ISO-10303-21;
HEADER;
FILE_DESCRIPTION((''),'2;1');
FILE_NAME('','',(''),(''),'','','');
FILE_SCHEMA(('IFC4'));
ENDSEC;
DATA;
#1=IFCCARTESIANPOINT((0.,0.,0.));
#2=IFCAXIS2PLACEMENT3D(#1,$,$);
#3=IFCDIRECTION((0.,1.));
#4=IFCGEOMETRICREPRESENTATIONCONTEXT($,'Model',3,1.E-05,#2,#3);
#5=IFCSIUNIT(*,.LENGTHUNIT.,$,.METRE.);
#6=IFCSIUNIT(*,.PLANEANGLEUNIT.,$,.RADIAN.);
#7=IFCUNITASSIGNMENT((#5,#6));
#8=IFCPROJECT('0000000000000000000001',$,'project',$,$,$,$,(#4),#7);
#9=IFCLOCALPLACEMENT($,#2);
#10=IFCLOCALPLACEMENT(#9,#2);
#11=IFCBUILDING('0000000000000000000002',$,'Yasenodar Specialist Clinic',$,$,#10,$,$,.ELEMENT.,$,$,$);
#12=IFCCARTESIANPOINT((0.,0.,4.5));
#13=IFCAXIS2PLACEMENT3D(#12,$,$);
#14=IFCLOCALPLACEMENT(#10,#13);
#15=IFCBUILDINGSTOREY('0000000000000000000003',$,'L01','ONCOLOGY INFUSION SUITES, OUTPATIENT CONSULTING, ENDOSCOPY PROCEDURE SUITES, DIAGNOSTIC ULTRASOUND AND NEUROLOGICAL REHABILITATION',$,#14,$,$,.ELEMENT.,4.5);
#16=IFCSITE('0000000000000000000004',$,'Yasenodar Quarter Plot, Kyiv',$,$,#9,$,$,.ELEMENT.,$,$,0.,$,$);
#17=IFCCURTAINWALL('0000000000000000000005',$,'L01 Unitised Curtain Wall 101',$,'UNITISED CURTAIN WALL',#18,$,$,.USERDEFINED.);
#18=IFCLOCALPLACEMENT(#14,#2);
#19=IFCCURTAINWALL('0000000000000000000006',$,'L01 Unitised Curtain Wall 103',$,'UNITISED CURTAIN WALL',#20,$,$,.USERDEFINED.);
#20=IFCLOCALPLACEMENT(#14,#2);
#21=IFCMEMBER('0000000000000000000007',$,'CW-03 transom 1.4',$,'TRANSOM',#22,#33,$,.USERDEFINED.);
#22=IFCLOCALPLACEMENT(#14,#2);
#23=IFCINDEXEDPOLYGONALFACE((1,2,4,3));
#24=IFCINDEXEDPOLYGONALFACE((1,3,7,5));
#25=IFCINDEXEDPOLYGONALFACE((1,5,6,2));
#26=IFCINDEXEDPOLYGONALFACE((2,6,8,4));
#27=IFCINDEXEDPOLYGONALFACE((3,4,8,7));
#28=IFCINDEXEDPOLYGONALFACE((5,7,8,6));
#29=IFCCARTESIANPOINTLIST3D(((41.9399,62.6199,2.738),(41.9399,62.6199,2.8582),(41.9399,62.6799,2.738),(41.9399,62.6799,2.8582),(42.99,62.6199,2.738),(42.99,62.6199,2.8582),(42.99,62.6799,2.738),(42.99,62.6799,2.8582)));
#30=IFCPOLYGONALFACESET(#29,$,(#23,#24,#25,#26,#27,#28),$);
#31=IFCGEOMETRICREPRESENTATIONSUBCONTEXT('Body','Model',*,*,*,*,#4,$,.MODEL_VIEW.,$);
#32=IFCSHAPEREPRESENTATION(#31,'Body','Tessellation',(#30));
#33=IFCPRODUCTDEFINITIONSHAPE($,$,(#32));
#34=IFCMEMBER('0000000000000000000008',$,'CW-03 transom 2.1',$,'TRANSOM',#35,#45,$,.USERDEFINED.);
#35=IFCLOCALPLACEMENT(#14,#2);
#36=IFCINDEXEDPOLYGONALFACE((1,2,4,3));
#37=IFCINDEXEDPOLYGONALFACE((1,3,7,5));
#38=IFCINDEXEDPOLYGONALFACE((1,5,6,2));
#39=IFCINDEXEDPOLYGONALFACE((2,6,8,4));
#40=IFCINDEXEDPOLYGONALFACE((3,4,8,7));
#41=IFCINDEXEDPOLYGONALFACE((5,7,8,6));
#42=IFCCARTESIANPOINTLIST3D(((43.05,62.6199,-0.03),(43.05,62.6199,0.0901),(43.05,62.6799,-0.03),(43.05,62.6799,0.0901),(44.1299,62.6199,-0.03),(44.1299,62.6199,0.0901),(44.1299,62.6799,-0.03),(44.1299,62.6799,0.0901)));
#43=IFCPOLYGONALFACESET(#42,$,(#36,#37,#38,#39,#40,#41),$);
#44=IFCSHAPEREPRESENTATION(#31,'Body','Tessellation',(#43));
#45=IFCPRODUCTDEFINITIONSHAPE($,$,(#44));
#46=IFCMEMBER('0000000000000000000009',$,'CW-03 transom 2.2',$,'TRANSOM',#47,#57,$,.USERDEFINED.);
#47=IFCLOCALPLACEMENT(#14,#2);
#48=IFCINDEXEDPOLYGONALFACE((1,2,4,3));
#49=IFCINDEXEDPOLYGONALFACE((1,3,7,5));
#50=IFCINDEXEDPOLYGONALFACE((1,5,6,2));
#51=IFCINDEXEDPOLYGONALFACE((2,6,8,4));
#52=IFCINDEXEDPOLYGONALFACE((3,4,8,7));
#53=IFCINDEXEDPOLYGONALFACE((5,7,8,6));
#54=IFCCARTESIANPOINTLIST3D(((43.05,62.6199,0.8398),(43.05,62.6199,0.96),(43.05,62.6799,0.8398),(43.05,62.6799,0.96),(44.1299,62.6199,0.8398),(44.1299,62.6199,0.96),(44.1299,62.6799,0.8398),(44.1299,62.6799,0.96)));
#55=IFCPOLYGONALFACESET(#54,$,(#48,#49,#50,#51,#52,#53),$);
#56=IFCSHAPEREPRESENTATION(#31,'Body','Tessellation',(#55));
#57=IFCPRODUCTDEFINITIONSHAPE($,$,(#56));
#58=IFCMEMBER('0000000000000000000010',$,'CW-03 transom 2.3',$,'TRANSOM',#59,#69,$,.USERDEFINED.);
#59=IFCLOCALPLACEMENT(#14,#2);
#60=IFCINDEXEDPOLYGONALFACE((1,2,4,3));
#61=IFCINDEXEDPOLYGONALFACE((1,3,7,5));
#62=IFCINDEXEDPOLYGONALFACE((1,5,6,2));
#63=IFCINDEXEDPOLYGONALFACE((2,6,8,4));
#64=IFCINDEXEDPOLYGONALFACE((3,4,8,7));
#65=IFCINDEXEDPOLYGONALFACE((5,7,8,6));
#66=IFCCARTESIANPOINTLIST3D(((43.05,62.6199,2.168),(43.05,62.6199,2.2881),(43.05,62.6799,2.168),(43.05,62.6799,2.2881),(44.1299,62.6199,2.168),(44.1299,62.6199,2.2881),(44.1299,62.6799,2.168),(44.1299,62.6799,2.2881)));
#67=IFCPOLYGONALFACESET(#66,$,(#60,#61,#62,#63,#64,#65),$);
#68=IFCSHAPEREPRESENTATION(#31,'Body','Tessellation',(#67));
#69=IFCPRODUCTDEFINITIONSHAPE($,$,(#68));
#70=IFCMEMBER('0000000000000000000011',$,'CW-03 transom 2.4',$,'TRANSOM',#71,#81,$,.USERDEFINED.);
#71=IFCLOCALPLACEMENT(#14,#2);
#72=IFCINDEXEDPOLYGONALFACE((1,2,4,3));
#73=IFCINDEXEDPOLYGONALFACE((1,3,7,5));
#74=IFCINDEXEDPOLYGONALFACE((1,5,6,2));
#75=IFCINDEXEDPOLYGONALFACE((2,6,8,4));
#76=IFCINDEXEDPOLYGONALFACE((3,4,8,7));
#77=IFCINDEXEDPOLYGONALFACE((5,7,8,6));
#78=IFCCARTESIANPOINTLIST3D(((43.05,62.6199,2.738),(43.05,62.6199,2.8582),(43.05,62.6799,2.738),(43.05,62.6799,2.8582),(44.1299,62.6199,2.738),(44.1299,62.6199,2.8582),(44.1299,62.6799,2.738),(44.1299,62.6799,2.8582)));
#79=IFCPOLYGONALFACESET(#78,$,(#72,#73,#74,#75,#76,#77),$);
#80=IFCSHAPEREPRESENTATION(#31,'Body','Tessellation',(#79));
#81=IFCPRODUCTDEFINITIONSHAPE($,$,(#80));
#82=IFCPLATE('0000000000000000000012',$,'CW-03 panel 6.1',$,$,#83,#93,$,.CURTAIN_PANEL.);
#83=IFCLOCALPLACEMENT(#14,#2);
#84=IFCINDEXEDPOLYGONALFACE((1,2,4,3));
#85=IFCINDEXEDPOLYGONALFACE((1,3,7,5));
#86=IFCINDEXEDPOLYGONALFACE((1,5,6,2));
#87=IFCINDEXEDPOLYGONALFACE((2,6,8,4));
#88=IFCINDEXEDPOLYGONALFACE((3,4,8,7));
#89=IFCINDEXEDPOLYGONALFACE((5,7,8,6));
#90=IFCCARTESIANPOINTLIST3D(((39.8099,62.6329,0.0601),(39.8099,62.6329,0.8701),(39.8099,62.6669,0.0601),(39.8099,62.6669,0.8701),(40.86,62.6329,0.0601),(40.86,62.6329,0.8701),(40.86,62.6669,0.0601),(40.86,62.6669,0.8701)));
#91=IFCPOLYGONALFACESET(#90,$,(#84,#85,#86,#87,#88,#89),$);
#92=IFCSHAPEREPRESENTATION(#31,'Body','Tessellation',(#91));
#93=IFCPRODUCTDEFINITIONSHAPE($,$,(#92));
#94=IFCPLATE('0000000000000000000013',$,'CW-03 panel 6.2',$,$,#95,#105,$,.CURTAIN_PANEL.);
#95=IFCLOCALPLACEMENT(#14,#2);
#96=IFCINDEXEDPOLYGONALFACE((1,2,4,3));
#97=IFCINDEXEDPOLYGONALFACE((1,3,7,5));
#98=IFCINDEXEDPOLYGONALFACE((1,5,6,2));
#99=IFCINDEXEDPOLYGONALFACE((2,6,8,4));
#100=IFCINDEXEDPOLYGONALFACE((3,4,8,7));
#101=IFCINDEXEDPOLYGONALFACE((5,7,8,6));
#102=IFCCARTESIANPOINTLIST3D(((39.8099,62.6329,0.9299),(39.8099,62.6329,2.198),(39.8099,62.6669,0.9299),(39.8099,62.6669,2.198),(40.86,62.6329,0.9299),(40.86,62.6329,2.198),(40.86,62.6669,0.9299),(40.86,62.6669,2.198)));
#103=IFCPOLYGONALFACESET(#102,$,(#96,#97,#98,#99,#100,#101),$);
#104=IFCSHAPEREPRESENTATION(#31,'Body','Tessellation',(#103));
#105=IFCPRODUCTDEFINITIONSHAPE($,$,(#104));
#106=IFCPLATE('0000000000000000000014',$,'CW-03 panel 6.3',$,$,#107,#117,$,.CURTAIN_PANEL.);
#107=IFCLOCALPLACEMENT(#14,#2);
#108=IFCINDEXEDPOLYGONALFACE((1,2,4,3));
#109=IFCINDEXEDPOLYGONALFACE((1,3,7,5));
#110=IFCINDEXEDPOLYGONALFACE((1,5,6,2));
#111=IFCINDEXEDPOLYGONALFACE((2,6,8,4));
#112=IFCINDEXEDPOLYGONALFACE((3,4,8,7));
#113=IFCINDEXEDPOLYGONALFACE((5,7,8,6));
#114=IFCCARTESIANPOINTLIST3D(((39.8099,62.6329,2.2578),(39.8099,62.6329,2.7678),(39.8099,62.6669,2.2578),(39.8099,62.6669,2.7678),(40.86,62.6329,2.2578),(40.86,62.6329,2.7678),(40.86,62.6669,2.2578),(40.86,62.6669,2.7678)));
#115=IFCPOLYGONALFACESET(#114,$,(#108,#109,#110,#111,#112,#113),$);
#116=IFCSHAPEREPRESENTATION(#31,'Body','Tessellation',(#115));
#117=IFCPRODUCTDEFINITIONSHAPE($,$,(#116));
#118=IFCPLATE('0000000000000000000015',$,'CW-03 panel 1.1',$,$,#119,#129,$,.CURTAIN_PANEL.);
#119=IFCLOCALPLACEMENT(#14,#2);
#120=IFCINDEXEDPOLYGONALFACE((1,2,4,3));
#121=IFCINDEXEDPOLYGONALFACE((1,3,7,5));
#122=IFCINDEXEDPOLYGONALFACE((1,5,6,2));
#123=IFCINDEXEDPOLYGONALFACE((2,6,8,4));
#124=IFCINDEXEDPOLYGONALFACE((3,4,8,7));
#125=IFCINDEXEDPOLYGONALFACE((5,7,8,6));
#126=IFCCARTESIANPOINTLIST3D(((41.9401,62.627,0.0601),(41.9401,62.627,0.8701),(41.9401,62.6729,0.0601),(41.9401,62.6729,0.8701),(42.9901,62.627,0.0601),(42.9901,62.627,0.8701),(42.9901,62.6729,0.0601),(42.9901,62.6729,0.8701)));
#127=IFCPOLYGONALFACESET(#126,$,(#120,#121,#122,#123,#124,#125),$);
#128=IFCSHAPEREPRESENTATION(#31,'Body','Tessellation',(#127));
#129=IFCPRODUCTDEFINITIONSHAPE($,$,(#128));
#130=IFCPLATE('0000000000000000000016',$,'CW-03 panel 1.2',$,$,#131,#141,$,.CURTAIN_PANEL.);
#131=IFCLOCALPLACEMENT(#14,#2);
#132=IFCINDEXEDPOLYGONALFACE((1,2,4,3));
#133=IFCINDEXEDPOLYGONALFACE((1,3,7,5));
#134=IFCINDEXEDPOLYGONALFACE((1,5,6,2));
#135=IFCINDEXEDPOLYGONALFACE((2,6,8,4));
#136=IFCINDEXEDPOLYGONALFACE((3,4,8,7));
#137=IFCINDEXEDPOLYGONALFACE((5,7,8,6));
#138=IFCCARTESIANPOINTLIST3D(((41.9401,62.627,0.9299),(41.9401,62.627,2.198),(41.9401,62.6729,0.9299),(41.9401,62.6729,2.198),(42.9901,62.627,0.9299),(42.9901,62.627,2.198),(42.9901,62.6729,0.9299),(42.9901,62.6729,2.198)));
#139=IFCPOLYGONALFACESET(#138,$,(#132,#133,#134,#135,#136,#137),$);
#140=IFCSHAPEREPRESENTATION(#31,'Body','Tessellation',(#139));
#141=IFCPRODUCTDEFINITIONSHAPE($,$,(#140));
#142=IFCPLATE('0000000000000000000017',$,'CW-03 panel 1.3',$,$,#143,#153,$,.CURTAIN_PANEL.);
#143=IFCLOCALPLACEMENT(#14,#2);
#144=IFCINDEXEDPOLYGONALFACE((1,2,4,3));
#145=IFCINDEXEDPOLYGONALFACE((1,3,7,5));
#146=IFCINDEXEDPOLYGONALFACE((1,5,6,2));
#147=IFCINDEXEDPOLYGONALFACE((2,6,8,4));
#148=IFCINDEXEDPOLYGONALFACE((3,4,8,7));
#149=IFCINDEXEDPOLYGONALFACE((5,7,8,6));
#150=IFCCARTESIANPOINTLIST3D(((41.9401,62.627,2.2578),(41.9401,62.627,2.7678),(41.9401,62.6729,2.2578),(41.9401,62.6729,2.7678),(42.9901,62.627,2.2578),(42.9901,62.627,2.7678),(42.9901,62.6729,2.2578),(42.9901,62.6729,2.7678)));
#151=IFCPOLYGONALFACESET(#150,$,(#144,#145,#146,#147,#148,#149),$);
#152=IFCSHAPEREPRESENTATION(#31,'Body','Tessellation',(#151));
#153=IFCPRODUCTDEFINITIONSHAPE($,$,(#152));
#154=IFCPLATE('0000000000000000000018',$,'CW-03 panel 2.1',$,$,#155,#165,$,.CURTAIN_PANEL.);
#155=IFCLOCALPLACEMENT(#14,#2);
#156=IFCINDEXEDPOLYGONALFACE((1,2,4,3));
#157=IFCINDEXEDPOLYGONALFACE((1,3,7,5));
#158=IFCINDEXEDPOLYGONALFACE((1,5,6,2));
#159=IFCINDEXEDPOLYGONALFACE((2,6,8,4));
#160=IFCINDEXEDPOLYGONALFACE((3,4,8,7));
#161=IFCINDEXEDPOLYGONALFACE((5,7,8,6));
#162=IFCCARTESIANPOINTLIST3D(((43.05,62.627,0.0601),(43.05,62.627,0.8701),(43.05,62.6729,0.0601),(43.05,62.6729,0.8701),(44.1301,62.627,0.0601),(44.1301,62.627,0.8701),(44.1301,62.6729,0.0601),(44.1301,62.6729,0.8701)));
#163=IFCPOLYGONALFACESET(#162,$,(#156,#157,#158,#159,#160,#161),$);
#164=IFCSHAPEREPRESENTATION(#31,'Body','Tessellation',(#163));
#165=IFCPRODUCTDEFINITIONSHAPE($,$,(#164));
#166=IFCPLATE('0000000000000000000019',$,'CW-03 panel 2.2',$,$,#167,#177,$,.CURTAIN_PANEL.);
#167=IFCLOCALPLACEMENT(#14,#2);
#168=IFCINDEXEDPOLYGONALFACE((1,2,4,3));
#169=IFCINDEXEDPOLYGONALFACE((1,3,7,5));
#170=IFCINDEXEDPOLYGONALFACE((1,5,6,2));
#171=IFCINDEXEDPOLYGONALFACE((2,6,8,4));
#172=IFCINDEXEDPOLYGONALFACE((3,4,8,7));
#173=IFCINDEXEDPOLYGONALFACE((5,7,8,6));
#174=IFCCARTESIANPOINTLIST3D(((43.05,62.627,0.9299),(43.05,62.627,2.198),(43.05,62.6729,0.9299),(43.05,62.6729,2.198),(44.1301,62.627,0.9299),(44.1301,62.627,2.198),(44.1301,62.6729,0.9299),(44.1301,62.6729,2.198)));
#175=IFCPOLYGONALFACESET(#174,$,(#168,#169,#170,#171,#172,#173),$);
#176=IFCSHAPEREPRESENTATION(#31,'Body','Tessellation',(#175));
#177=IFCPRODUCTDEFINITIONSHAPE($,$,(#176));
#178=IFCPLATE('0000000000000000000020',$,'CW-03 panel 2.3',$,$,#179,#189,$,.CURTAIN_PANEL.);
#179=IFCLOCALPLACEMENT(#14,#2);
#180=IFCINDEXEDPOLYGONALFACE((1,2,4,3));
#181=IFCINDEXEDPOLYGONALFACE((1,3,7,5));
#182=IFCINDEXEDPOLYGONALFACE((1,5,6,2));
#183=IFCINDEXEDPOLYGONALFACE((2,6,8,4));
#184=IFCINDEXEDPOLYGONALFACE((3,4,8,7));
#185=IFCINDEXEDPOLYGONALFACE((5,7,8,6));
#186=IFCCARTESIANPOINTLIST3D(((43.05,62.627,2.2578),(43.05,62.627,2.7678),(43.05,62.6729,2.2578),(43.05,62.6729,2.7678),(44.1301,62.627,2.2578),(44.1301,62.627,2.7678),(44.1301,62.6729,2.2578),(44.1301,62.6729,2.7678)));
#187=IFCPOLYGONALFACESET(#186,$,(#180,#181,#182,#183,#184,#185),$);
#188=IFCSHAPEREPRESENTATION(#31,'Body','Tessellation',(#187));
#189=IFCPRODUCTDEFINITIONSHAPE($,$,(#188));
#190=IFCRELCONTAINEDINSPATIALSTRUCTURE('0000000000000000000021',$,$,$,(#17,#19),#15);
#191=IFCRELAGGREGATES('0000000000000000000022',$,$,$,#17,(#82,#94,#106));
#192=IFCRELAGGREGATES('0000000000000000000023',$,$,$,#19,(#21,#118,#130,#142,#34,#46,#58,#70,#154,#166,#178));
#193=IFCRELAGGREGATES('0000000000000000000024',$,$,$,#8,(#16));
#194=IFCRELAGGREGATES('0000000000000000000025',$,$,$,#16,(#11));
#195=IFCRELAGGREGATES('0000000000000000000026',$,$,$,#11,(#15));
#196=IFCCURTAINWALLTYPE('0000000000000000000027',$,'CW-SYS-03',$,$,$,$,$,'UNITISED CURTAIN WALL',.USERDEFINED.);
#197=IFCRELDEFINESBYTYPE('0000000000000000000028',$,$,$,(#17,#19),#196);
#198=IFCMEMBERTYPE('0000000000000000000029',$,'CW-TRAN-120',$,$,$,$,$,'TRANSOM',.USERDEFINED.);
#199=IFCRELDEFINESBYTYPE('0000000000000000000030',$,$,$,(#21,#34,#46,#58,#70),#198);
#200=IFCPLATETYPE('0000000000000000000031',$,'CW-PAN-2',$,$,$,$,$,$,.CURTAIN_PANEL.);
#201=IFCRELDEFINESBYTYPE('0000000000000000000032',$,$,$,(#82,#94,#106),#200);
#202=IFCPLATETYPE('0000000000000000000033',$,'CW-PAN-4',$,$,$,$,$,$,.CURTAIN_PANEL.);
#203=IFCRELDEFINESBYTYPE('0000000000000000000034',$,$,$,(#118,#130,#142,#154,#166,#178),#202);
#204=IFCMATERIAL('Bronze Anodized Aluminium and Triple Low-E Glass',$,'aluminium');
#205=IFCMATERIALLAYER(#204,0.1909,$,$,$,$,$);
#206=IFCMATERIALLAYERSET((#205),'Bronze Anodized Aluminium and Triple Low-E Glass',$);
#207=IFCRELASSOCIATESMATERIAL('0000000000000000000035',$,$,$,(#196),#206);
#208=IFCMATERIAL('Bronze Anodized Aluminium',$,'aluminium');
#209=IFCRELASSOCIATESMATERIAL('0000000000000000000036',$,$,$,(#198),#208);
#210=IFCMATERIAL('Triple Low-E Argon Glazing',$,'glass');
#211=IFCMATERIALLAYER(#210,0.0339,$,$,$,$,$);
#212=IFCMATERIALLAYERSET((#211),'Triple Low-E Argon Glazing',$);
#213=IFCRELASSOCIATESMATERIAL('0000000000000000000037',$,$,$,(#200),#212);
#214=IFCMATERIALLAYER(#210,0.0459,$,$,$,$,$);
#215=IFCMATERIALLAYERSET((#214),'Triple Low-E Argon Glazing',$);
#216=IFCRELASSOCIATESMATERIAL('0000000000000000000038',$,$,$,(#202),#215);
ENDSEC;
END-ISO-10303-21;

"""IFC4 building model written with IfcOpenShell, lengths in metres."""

from ifc_helpers import new_model, si_unit, direction, frame, origin, origin_2d, place, context, subcontext, project, spatial, rectangle, extrude, material, layer, layer_set, material_profile, profile_set, type_object, element, aggregate, save


model = new_model("IFC4")

# Units and contexts
model_context = context("Model", 3, precision=1e-05, world=origin(), true_north=direction((0.0, 1.0)))
body_context = subcontext(model_context, "Body", "Model", "MODEL_VIEW")
ifc_project = project(units=[si_unit("LENGTHUNIT", "METRE"), si_unit("PLANEANGLEUNIT", "RADIAN")], contexts=[model_context])

# Site, building, storey
site_placement = place(None, origin())
site = spatial("IfcSite", under=ifc_project, at=site_placement, Name="Yasenodar Quarter Plot, Kyiv", CompositionType="ELEMENT", RefElevation=0.0)
building_placement = place(site_placement, origin())
building = spatial("IfcBuilding", under=site, at=building_placement, Name="Yasenodar Specialist Clinic", CompositionType="ELEMENT")
storey_placement = place(building_placement, frame((0.0, 0.0, 4.5)))
storey = spatial("IfcBuildingStorey", under=building, at=storey_placement, Name="L01", Description="ONCOLOGY INFUSION SUITES, OUTPATIENT CONSULTING, ENDOSCOPY PROCEDURE SUITES, DIAGNOSTIC ULTRASOUND AND NEUROLOGICAL REHABILITATION", CompositionType="ELEMENT", Elevation=4.5)

# Curtain wall
ifc_material_1 = material(Name="Bronze Anodized Aluminium and Triple Low-E Glass", Category="aluminium")
ifc_layer_1 = layer(ifc_material_1, 0.1909)
ifc_layer_set_1 = layer_set([ifc_layer_1], Name="Bronze Anodized Aluminium and Triple Low-E Glass")
curtain_wall_type = type_object("IfcCurtainWallType", Name="CW-SYS-03", ElementType="UNITISED CURTAIN WALL", PredefinedType="USERDEFINED", material=ifc_layer_set_1)
curtain_wall_1_placement = place(storey_placement, origin())
curtain_wall_1 = element("IfcCurtainWall", 1, at=curtain_wall_1_placement, inside=storey, type_object=curtain_wall_type, Name="L01 Unitised Curtain Wall 101", ObjectType="UNITISED CURTAIN WALL", PredefinedType="USERDEFINED")
ifc_material_2 = material(Name="Bronze Anodized Aluminium", Category="aluminium")

# Curtain wall, members
curtain_wall_2_placement = place(storey_placement, origin())
curtain_wall_2 = element("IfcCurtainWall", 2, at=curtain_wall_2_placement, inside=storey, type_object=curtain_wall_type, Name="L01 Unitised Curtain Wall 103", ObjectType="UNITISED CURTAIN WALL", PredefinedType="USERDEFINED")
ifc_material_profile_1 = material_profile(ifc_material_2, rectangle(XDim=0.0601, YDim=0.1201, at=origin_2d()), Name="CW-TRAN 60x120")
ifc_profile_set_1 = profile_set([ifc_material_profile_1], Name="Bronze Anodized Aluminium")
member_type_1 = type_object("IfcMemberType", Name="CW-TRAN-120", ElementType="TRANSOM", PredefinedType="USERDEFINED", material=ifc_profile_set_1)
member_1_placement = place(storey_placement, frame((41.9399, 62.6499, 2.7981), z_axis=(1.0, 0.0, 0.0), x_axis=(0.0, 1.0, 0.0)))
member_1 = element("IfcMember", 3, at=member_1_placement, type_object=member_type_1, Name="CW-03 transom 1.4", ObjectType="TRANSOM", PredefinedType="USERDEFINED", context=body_context, shape_type="SweptSolid", body=[
    extrude(rectangle(XDim=0.0601, YDim=0.1201, at=origin_2d()), origin(), (0.0, 0.0, 1.0), 1.05),
])
member_2_placement = place(storey_placement, frame((43.05, 62.6499, 0.03), z_axis=(1.0, 0.0, 0.0), x_axis=(0.0, 1.0, 0.0)))
member_2 = element("IfcMember", 4, at=member_2_placement, type_object=member_type_1, Name="CW-03 transom 2.1", ObjectType="TRANSOM", PredefinedType="USERDEFINED", context=body_context, shape_type="SweptSolid", body=[
    extrude(rectangle(XDim=0.0601, YDim=0.1201, at=origin_2d()), origin(), (0.0, 0.0, 1.0), 1.0798),
])
member_3_placement = place(storey_placement, frame((43.05, 62.6499, 0.8999), z_axis=(1.0, 0.0, 0.0), x_axis=(0.0, 1.0, 0.0)))
member_3 = element("IfcMember", 5, at=member_3_placement, type_object=member_type_1, Name="CW-03 transom 2.2", ObjectType="TRANSOM", PredefinedType="USERDEFINED", context=body_context, shape_type="SweptSolid", body=[
    extrude(rectangle(XDim=0.0601, YDim=0.1201, at=origin_2d()), origin(), (0.0, 0.0, 1.0), 1.0798),
])
member_4_placement = place(storey_placement, frame((43.05, 62.6499, 2.228), z_axis=(1.0, 0.0, 0.0), x_axis=(0.0, 1.0, 0.0)))
member_4 = element("IfcMember", 6, at=member_4_placement, type_object=member_type_1, Name="CW-03 transom 2.3", ObjectType="TRANSOM", PredefinedType="USERDEFINED", context=body_context, shape_type="SweptSolid", body=[
    extrude(rectangle(XDim=0.0601, YDim=0.1201, at=origin_2d()), origin(), (0.0, 0.0, 1.0), 1.0798),
])
member_5_placement = place(storey_placement, frame((43.05, 62.6499, 2.7981), z_axis=(1.0, 0.0, 0.0), x_axis=(0.0, 1.0, 0.0)))
member_5 = element("IfcMember", 7, at=member_5_placement, type_object=member_type_1, Name="CW-03 transom 2.4", ObjectType="TRANSOM", PredefinedType="USERDEFINED", context=body_context, shape_type="SweptSolid", body=[
    extrude(rectangle(XDim=0.0601, YDim=0.1201, at=origin_2d()), origin(), (0.0, 0.0, 1.0), 1.0798),
])

# Plates
ifc_material_3 = material(Name="Triple Low-E Argon Glazing", Category="glass")
ifc_layer_2 = layer(ifc_material_3, 0.0339)
ifc_layer_set_2 = layer_set([ifc_layer_2], Name="Triple Low-E Argon Glazing")
plate_type_1 = type_object("IfcPlateType", Name="CW-PAN-2", PredefinedType="CURTAIN_PANEL", material=ifc_layer_set_2)
plate_1_placement = place(storey_placement, frame((40.335, 62.6499, 0.0601), z_axis=(0.0, 0.0, 1.0), x_axis=(1.0, 0.0, 0.0)))
plate_1 = element("IfcPlate", 8, at=plate_1_placement, type_object=plate_type_1, Name="CW-03 panel 6.1", PredefinedType="CURTAIN_PANEL", context=body_context, shape_type="SweptSolid", body=[
    extrude(rectangle(XDim=1.05, YDim=0.0339, at=origin_2d()), origin(), (0.0, 0.0, 1.0), 0.8101),
])
plate_2_placement = place(storey_placement, frame((40.335, 62.6499, 0.9299), z_axis=(0.0, 0.0, 1.0), x_axis=(1.0, 0.0, 0.0)))
plate_2 = element("IfcPlate", 9, at=plate_2_placement, type_object=plate_type_1, Name="CW-03 panel 6.2", PredefinedType="CURTAIN_PANEL", context=body_context, shape_type="SweptSolid", body=[
    extrude(rectangle(XDim=1.05, YDim=0.0339, at=origin_2d()), origin(), (0.0, 0.0, 1.0), 1.2681),
])
plate_3_placement = place(storey_placement, frame((40.335, 62.6499, 2.2578), z_axis=(0.0, 0.0, 1.0), x_axis=(1.0, 0.0, 0.0)))
plate_3 = element("IfcPlate", 10, at=plate_3_placement, type_object=plate_type_1, Name="CW-03 panel 6.3", PredefinedType="CURTAIN_PANEL", context=body_context, shape_type="SweptSolid", body=[
    extrude(rectangle(XDim=1.05, YDim=0.0339, at=origin_2d()), origin(), (0.0, 0.0, 1.0), 0.51),
])
aggregate(curtain_wall_1, [plate_1, plate_2, plate_3])
ifc_layer_3 = layer(ifc_material_3, 0.0459)
ifc_layer_set_3 = layer_set([ifc_layer_3], Name="Triple Low-E Argon Glazing")
plate_type_2 = type_object("IfcPlateType", Name="CW-PAN-4", PredefinedType="CURTAIN_PANEL", material=ifc_layer_set_3)
plate_4_placement = place(storey_placement, frame((42.4651, 62.6499, 0.0601), z_axis=(0.0, 0.0, 1.0), x_axis=(1.0, 0.0, 0.0)))
plate_4 = element("IfcPlate", 11, at=plate_4_placement, type_object=plate_type_2, Name="CW-03 panel 1.1", PredefinedType="CURTAIN_PANEL", context=body_context, shape_type="SweptSolid", body=[
    extrude(rectangle(XDim=1.05, YDim=0.0459, at=origin_2d()), origin(), (0.0, 0.0, 1.0), 0.8101),
])
plate_5_placement = place(storey_placement, frame((42.4651, 62.6499, 0.9299), z_axis=(0.0, 0.0, 1.0), x_axis=(1.0, 0.0, 0.0)))
plate_5 = element("IfcPlate", 12, at=plate_5_placement, type_object=plate_type_2, Name="CW-03 panel 1.2", PredefinedType="CURTAIN_PANEL", context=body_context, shape_type="SweptSolid", body=[
    extrude(rectangle(XDim=1.05, YDim=0.0459, at=origin_2d()), origin(), (0.0, 0.0, 1.0), 1.2681),
])
plate_6_placement = place(storey_placement, frame((42.4651, 62.6499, 2.2578), z_axis=(0.0, 0.0, 1.0), x_axis=(1.0, 0.0, 0.0)))
plate_6 = element("IfcPlate", 13, at=plate_6_placement, type_object=plate_type_2, Name="CW-03 panel 1.3", PredefinedType="CURTAIN_PANEL", context=body_context, shape_type="SweptSolid", body=[
    extrude(rectangle(XDim=1.05, YDim=0.0459, at=origin_2d()), origin(), (0.0, 0.0, 1.0), 0.51),
])
plate_7_placement = place(storey_placement, frame((43.5901, 62.6499, 0.0601), z_axis=(0.0, 0.0, 1.0), x_axis=(1.0, 0.0, 0.0)))
plate_7 = element("IfcPlate", 14, at=plate_7_placement, type_object=plate_type_2, Name="CW-03 panel 2.1", PredefinedType="CURTAIN_PANEL", context=body_context, shape_type="SweptSolid", body=[
    extrude(rectangle(XDim=1.0801, YDim=0.0459, at=origin_2d()), origin(), (0.0, 0.0, 1.0), 0.8101),
])
plate_8_placement = place(storey_placement, frame((43.5901, 62.6499, 0.9299), z_axis=(0.0, 0.0, 1.0), x_axis=(1.0, 0.0, 0.0)))
plate_8 = element("IfcPlate", 15, at=plate_8_placement, type_object=plate_type_2, Name="CW-03 panel 2.2", PredefinedType="CURTAIN_PANEL", context=body_context, shape_type="SweptSolid", body=[
    extrude(rectangle(XDim=1.0801, YDim=0.0459, at=origin_2d()), origin(), (0.0, 0.0, 1.0), 1.2681),
])
plate_9_placement = place(storey_placement, frame((43.5901, 62.6499, 2.2578), z_axis=(0.0, 0.0, 1.0), x_axis=(1.0, 0.0, 0.0)))
plate_9 = element("IfcPlate", 16, at=plate_9_placement, type_object=plate_type_2, Name="CW-03 panel 2.3", PredefinedType="CURTAIN_PANEL", context=body_context, shape_type="SweptSolid", body=[
    extrude(rectangle(XDim=1.0801, YDim=0.0459, at=origin_2d()), origin(), (0.0, 0.0, 1.0), 0.51),
])
aggregate(curtain_wall_2, [member_1, plate_4, plate_5, plate_6, member_2, member_3, member_4, member_5, plate_7, plate_8, plate_9])

save(model, "model.ifc")
